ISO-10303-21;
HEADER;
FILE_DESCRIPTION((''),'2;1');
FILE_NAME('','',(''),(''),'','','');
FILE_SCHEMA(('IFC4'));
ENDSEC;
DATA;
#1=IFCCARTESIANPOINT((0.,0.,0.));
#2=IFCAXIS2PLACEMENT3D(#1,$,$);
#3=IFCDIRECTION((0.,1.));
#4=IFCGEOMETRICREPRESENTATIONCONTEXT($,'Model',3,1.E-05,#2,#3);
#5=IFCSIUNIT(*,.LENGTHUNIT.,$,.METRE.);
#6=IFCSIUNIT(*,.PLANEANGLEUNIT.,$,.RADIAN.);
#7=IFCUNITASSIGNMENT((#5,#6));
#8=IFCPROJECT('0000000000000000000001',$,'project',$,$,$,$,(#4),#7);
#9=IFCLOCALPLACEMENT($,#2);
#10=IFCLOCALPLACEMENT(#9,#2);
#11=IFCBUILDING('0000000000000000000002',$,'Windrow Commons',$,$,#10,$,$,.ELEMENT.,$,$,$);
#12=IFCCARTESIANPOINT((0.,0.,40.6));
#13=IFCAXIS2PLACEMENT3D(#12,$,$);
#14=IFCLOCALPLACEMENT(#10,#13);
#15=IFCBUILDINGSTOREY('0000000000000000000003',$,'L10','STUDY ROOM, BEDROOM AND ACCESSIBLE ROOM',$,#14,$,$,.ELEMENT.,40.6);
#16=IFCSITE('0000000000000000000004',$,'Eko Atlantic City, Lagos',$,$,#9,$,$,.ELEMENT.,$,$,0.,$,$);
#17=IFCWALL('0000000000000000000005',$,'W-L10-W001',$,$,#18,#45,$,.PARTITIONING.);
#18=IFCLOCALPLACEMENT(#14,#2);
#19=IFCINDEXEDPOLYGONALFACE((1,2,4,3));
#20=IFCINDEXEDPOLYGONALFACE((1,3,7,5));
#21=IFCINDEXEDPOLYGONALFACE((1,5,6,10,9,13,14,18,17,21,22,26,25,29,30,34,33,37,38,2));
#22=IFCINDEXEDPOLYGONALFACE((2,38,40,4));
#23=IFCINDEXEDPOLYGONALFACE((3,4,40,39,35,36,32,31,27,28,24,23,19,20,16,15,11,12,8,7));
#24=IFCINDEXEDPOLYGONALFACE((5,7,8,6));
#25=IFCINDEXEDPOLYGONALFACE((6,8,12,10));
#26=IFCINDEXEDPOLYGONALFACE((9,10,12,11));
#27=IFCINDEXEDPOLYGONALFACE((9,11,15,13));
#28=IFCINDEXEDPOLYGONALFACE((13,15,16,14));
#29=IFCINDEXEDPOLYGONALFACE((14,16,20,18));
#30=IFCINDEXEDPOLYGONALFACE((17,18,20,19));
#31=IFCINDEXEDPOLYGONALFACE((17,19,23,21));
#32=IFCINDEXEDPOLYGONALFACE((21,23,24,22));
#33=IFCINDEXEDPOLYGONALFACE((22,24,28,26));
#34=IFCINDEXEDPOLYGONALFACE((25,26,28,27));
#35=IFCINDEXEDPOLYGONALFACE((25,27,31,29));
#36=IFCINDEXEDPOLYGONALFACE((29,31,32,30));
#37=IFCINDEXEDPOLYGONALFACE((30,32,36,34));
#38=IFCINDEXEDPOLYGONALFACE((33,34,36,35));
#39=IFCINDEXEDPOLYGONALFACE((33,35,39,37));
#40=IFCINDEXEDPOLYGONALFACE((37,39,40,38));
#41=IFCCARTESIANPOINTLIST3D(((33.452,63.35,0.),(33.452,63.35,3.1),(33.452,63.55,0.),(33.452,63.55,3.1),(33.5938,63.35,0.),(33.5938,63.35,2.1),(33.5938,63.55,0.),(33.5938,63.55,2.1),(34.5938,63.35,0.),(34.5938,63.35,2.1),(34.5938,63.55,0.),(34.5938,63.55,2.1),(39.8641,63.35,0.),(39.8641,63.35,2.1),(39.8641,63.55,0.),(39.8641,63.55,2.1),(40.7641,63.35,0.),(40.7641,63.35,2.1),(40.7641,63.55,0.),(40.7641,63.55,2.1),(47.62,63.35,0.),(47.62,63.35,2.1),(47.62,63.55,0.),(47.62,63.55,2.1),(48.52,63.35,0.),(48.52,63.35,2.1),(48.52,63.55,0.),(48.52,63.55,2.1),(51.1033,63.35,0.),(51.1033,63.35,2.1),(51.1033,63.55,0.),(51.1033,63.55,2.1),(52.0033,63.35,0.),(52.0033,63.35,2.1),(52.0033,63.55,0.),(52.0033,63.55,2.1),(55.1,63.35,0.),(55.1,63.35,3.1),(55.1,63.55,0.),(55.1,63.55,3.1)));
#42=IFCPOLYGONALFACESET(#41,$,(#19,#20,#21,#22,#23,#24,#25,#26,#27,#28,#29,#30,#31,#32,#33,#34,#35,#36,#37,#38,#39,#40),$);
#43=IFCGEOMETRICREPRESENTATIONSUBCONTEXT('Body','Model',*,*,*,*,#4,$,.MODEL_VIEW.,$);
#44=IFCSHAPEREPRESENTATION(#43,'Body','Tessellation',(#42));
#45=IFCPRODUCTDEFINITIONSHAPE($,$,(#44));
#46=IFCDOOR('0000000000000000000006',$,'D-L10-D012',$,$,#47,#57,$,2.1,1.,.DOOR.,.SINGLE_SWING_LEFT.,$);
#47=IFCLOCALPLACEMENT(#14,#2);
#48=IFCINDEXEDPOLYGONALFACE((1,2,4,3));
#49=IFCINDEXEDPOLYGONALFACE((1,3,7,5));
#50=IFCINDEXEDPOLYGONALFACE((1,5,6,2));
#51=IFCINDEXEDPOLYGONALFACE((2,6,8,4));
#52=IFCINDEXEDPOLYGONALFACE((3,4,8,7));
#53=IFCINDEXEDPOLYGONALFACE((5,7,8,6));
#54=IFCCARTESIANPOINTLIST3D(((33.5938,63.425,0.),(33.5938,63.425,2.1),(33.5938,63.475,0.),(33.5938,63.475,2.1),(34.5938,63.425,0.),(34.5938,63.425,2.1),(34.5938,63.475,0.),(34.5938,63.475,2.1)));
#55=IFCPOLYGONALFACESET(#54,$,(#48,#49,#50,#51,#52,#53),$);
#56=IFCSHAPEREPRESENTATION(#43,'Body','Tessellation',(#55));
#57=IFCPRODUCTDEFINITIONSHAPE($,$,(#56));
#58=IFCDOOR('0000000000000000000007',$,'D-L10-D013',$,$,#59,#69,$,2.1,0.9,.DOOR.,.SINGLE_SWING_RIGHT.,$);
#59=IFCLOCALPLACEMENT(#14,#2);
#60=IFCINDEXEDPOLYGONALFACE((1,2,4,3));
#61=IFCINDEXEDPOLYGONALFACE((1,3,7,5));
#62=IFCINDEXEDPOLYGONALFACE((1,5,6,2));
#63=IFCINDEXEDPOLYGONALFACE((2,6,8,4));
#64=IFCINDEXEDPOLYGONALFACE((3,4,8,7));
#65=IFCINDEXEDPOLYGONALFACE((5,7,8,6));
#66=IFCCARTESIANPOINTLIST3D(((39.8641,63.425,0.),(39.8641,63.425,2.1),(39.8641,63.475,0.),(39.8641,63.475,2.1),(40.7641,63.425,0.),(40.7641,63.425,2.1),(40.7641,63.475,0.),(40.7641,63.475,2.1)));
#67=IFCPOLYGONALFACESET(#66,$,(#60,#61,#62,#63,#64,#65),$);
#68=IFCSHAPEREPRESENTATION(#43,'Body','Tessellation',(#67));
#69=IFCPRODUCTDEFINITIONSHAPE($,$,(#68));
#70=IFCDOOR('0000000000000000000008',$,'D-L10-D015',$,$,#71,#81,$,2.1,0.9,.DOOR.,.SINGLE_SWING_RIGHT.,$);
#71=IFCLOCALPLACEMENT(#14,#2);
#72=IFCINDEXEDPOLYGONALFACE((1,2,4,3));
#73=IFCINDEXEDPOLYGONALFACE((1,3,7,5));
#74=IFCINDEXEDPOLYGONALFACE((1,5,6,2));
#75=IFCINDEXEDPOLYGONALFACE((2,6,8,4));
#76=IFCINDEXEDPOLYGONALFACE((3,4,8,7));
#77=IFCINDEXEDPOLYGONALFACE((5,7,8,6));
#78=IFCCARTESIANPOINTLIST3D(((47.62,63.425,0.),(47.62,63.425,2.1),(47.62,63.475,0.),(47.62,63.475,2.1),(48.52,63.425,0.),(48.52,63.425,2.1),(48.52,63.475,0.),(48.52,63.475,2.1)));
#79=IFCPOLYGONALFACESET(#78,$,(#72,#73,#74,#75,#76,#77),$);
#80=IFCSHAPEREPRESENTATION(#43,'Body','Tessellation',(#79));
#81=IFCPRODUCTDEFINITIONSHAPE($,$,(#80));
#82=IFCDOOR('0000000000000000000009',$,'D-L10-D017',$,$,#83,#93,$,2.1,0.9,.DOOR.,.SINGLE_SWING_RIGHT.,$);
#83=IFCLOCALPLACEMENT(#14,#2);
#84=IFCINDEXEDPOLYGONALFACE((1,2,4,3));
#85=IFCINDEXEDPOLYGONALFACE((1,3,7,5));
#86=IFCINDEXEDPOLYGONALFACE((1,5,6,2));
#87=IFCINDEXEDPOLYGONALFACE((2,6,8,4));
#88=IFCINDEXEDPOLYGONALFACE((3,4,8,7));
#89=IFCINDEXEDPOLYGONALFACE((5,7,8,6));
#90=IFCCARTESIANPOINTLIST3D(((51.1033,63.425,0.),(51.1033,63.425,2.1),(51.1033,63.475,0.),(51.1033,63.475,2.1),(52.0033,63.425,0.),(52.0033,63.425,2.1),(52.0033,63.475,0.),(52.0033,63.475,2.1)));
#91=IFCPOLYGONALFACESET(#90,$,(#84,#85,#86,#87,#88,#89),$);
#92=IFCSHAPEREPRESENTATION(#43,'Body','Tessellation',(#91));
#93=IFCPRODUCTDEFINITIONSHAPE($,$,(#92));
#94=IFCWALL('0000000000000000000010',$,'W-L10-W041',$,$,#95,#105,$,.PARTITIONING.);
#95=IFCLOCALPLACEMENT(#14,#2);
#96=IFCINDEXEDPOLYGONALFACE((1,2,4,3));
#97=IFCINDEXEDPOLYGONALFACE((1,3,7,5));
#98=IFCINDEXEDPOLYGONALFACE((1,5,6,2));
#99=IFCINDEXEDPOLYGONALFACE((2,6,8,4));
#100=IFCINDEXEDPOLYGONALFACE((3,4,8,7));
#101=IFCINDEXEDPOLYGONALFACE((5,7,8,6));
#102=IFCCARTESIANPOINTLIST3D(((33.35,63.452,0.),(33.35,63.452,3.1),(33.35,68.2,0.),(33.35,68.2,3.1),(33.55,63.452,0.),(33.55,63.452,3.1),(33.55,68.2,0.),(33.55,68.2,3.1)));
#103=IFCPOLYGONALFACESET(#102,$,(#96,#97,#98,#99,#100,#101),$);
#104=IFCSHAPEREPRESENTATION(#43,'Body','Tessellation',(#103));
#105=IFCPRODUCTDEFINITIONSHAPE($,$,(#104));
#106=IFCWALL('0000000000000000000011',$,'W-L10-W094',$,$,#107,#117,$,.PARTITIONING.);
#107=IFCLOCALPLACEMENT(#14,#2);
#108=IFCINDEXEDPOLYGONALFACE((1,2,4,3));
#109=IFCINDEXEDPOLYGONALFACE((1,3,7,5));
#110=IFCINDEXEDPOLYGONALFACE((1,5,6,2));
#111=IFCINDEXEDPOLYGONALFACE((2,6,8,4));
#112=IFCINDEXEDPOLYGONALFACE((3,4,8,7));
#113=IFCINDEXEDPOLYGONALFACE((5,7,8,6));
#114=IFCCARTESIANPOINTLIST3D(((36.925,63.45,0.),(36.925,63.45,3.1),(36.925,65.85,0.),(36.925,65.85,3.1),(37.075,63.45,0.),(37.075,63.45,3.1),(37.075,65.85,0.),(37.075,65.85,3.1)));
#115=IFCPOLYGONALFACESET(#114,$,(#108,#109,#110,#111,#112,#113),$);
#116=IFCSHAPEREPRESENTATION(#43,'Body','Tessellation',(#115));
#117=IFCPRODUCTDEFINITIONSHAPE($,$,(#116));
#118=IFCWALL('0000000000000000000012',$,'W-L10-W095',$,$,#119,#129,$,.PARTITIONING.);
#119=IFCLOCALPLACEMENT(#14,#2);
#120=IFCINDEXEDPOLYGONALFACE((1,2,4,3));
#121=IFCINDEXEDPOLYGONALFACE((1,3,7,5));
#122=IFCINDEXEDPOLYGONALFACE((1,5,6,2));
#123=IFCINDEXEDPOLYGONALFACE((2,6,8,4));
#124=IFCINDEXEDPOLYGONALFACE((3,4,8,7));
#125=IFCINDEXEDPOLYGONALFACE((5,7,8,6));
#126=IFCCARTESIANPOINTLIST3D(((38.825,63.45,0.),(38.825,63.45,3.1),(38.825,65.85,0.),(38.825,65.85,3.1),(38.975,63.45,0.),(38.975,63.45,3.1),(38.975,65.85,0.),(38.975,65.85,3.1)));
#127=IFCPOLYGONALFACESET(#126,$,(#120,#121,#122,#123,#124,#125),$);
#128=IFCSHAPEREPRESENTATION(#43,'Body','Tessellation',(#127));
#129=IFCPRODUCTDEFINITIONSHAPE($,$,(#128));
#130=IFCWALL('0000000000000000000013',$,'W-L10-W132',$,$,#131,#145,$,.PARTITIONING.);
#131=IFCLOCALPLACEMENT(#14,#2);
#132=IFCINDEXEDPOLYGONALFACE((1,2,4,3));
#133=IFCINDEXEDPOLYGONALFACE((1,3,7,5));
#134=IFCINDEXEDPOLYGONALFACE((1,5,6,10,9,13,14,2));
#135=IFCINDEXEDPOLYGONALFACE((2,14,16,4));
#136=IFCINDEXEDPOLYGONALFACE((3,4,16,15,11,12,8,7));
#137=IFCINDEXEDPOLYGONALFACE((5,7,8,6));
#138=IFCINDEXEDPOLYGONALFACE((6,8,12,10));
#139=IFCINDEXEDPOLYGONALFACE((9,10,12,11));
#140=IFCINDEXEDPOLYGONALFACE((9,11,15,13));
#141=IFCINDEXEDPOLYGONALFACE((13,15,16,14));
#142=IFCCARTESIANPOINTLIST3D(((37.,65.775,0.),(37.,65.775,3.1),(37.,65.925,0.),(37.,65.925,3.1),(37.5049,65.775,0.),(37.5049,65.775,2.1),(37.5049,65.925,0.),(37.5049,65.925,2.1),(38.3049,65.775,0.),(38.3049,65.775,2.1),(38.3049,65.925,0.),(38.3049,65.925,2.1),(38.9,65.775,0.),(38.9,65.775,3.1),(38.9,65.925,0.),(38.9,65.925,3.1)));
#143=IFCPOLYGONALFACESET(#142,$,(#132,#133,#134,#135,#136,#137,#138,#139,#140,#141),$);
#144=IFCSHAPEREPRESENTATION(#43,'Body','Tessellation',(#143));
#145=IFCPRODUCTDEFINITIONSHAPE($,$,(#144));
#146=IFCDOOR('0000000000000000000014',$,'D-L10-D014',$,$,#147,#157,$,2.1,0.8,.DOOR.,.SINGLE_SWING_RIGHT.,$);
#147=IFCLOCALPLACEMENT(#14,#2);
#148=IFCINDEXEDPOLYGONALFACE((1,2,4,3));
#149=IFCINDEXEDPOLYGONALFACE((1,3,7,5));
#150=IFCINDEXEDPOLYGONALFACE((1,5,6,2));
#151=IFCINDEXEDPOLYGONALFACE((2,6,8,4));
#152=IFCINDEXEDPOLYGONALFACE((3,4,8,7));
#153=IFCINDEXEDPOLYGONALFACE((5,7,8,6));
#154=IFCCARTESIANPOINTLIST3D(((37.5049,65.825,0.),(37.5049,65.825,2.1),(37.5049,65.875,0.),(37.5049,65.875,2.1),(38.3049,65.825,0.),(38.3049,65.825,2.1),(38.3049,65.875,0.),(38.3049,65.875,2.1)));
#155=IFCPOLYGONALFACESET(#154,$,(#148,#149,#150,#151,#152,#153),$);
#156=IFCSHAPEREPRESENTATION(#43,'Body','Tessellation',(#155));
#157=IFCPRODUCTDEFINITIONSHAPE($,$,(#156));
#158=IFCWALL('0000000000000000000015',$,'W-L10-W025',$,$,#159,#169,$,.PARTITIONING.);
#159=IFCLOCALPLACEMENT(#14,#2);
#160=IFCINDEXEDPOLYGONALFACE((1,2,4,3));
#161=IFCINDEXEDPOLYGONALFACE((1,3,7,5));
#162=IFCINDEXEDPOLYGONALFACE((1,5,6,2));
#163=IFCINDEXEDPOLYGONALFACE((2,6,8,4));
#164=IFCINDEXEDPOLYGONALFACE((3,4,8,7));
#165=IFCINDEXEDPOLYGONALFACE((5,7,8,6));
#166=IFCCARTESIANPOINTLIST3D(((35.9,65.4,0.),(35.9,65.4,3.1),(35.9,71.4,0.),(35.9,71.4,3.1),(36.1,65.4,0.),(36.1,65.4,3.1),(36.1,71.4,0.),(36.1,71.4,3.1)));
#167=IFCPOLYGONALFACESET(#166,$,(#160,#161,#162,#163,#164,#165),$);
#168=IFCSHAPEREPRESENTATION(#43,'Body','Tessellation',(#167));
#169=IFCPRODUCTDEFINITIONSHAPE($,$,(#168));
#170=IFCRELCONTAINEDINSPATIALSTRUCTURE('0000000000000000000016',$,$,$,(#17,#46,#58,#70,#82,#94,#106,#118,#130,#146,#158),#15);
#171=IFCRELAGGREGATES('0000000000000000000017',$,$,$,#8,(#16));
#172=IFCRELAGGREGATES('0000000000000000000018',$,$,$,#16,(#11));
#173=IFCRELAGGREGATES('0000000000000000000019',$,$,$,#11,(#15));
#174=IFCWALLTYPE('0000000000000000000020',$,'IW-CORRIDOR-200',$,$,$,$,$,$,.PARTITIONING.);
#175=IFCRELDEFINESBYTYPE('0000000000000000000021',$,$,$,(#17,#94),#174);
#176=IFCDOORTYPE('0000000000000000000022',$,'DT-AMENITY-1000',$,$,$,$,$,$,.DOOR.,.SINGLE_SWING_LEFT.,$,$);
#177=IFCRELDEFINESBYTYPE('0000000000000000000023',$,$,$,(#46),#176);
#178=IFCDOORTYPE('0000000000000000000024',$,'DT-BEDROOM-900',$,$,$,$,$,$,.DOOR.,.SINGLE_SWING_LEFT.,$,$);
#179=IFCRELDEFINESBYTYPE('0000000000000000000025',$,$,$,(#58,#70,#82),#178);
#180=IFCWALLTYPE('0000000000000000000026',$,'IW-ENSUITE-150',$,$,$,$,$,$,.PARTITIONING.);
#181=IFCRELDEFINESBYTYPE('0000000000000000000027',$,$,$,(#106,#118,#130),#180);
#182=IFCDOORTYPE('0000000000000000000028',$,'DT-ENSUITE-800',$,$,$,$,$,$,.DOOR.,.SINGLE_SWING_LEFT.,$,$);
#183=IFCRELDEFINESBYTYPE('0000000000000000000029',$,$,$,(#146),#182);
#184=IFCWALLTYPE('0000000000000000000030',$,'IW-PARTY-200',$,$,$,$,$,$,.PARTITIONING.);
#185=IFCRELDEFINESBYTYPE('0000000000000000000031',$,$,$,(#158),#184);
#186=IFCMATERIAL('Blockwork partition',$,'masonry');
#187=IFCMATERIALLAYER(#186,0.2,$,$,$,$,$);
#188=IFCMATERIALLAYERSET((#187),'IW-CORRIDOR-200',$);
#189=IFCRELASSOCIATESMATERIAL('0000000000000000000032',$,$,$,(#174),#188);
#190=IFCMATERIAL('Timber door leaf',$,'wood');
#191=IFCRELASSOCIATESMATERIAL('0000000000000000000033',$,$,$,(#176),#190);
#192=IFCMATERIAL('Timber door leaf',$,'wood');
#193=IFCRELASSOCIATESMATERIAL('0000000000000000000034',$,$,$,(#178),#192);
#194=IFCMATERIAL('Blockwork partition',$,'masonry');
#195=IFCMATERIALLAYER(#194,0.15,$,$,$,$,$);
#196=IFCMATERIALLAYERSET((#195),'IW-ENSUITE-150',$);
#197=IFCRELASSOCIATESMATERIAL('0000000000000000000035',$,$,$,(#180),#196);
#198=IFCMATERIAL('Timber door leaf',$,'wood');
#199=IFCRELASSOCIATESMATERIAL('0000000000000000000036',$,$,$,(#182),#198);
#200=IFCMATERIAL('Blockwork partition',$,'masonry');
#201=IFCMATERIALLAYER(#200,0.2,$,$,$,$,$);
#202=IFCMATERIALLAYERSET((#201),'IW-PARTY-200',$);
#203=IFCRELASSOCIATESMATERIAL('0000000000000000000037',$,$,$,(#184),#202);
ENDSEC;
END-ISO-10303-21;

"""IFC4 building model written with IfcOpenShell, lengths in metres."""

from ifc_helpers import new_model, si_unit, direction, frame, frame_2d, origin, place, context, subcontext, project, spatial, rectangle, extrude, material, layer, layer_set, type_object, element, fill, save


model = new_model("IFC4")

# Units and contexts
model_context = context("Model", 3, precision=1e-05, world=origin(), true_north=direction((0.0, 1.0)))
body_context = subcontext(model_context, "Body", "Model", "MODEL_VIEW")
ifc_project = project(units=[si_unit("LENGTHUNIT", "METRE"), si_unit("PLANEANGLEUNIT", "RADIAN")], contexts=[model_context])

# Site, building, storey
site_placement = place(None, origin())
site = spatial("IfcSite", under=ifc_project, at=site_placement, Name="Eko Atlantic City, Lagos", CompositionType="ELEMENT", RefElevation=0.0)
building_placement = place(site_placement, origin())
building = spatial("IfcBuilding", under=site, at=building_placement, Name="Windrow Commons", CompositionType="ELEMENT")
storey_placement = place(building_placement, frame((0.0, 0.0, 40.6)))
storey = spatial("IfcBuildingStorey", under=building, at=storey_placement, Name="L10", Description="STUDY ROOM, BEDROOM AND ACCESSIBLE ROOM", CompositionType="ELEMENT", Elevation=40.6)

# Wall, openings, doors
ifc_material_1 = material(Name="Blockwork partition", Category="masonry")
ifc_layer_1 = layer(ifc_material_1, 0.2)
ifc_layer_set_1 = layer_set([ifc_layer_1], Name="IW-CORRIDOR-200")
wall_type_1 = type_object("IfcWallType", Name="IW-CORRIDOR-200", PredefinedType="PARTITIONING", material=ifc_layer_set_1)
wall_1_placement = place(storey_placement, frame((33.452, 63.45, 0.0), z_axis=(0.0, 0.0, 1.0), x_axis=(1.0, 0.0, 0.0)))
wall_1 = element("IfcWall", 1, at=wall_1_placement, inside=storey, type_object=wall_type_1, Name="W-L10-W001", PredefinedType="PARTITIONING", context=body_context, shape_type="SweptSolid", body=[
    extrude(rectangle(XDim=21.648, YDim=0.2, at=frame_2d((10.824, 0.0))), origin(), (0.0, 0.0, 1.0), 3.1),
])
opening_1_placement = place(wall_1_placement, frame((0.1418, 0.0, 0.0)))
opening_1 = element("IfcOpeningElement", 2, at=opening_1_placement, cuts=wall_1, PredefinedType="OPENING", context=body_context, shape_type="SweptSolid", body=[
    extrude(rectangle(XDim=1.0, YDim=2.1, at=frame_2d((0.5, 1.05))), frame((0.0, 0.11, 0.0), z_axis=(0.0, -1.0, 0.0), x_axis=(1.0, 0.0, 0.0)), (0.0, 0.0, 1.0), 0.22),
])
opening_2_placement = place(wall_1_placement, frame((6.4121, 0.0, 0.0)))
opening_2 = element("IfcOpeningElement", 3, at=opening_2_placement, cuts=wall_1, PredefinedType="OPENING", context=body_context, shape_type="SweptSolid", body=[
    extrude(rectangle(XDim=0.9, YDim=2.1, at=frame_2d((0.45, 1.05))), frame((0.0, 0.11, 0.0), z_axis=(0.0, -1.0, 0.0), x_axis=(1.0, 0.0, 0.0)), (0.0, 0.0, 1.0), 0.22),
])
opening_3_placement = place(wall_1_placement, frame((14.168, 0.0, 0.0)))
opening_3 = element("IfcOpeningElement", 4, at=opening_3_placement, cuts=wall_1, PredefinedType="OPENING", context=body_context, shape_type="SweptSolid", body=[
    extrude(rectangle(XDim=0.9, YDim=2.1, at=frame_2d((0.45, 1.05))), frame((0.0, 0.11, 0.0), z_axis=(0.0, -1.0, 0.0), x_axis=(1.0, 0.0, 0.0)), (0.0, 0.0, 1.0), 0.22),
])
opening_4_placement = place(wall_1_placement, frame((17.6513, 0.0, 0.0)))
opening_4 = element("IfcOpeningElement", 5, at=opening_4_placement, cuts=wall_1, PredefinedType="OPENING", context=body_context, shape_type="SweptSolid", body=[
    extrude(rectangle(XDim=0.9, YDim=2.1, at=frame_2d((0.45, 1.05))), frame((0.0, 0.11, 0.0), z_axis=(0.0, -1.0, 0.0), x_axis=(1.0, 0.0, 0.0)), (0.0, 0.0, 1.0), 0.22),
])
ifc_material_2 = material(Name="Timber door leaf", Category="wood")
door_type_1 = type_object("IfcDoorType", Name="DT-AMENITY-1000", OperationType="SINGLE_SWING_LEFT", PredefinedType="DOOR", material=ifc_material_2)
door_1_placement = place(opening_1_placement, origin())
door_1 = element("IfcDoor", 6, at=door_1_placement, inside=storey, type_object=door_type_1, Name="D-L10-D012", OperationType="SINGLE_SWING_LEFT", OverallHeight=2.1, OverallWidth=1.0, PredefinedType="DOOR", context=body_context, shape_type="SweptSolid", body=[
    extrude(rectangle(XDim=1.0, YDim=2.1, at=frame_2d((0.5, 1.05))), frame((0.0, 0.025, 0.0), z_axis=(0.0, -1.0, 0.0), x_axis=(1.0, 0.0, 0.0)), (0.0, 0.0, 1.0), 0.05),
])
fill(opening_1, door_1)
ifc_material_3 = material(Name="Timber door leaf", Category="wood")
door_type_2 = type_object("IfcDoorType", Name="DT-BEDROOM-900", OperationType="SINGLE_SWING_LEFT", PredefinedType="DOOR", material=ifc_material_3)
door_2_placement = place(opening_2_placement, origin())
door_2 = element("IfcDoor", 7, at=door_2_placement, inside=storey, type_object=door_type_2, Name="D-L10-D013", OperationType="SINGLE_SWING_RIGHT", OverallHeight=2.1, OverallWidth=0.9, PredefinedType="DOOR", context=body_context, shape_type="SweptSolid", body=[
    extrude(rectangle(XDim=0.9, YDim=2.1, at=frame_2d((0.45, 1.05))), frame((0.0, 0.025, 0.0), z_axis=(0.0, -1.0, 0.0), x_axis=(1.0, 0.0, 0.0)), (0.0, 0.0, 1.0), 0.05),
])
fill(opening_2, door_2)
door_3_placement = place(opening_3_placement, origin())
door_3 = element("IfcDoor", 8, at=door_3_placement, inside=storey, type_object=door_type_2, Name="D-L10-D015", OperationType="SINGLE_SWING_RIGHT", OverallHeight=2.1, OverallWidth=0.9, PredefinedType="DOOR", context=body_context, shape_type="SweptSolid", body=[
    extrude(rectangle(XDim=0.9, YDim=2.1, at=frame_2d((0.45, 1.05))), frame((0.0, 0.025, 0.0), z_axis=(0.0, -1.0, 0.0), x_axis=(1.0, 0.0, 0.0)), (0.0, 0.0, 1.0), 0.05),
])
fill(opening_3, door_3)
door_4_placement = place(opening_4_placement, origin())
door_4 = element("IfcDoor", 9, at=door_4_placement, inside=storey, type_object=door_type_2, Name="D-L10-D017", OperationType="SINGLE_SWING_RIGHT", OverallHeight=2.1, OverallWidth=0.9, PredefinedType="DOOR", context=body_context, shape_type="SweptSolid", body=[
    extrude(rectangle(XDim=0.9, YDim=2.1, at=frame_2d((0.45, 1.05))), frame((0.0, 0.025, 0.0), z_axis=(0.0, -1.0, 0.0), x_axis=(1.0, 0.0, 0.0)), (0.0, 0.0, 1.0), 0.05),
])
fill(opening_4, door_4)

# Walls
wall_2_placement = place(storey_placement, frame((33.45, 63.452, 0.0), z_axis=(0.0, 0.0, 1.0), x_axis=(0.0, 1.0, 0.0)))
element("IfcWall", 10, at=wall_2_placement, inside=storey, type_object=wall_type_1, Name="W-L10-W041", PredefinedType="PARTITIONING", context=body_context, shape_type="SweptSolid", body=[
    extrude(rectangle(XDim=4.748, YDim=0.2, at=frame_2d((2.374, 0.0))), origin(), (0.0, 0.0, 1.0), 3.1),
])
ifc_material_4 = material(Name="Blockwork partition", Category="masonry")
ifc_layer_2 = layer(ifc_material_4, 0.15)
ifc_layer_set_2 = layer_set([ifc_layer_2], Name="IW-ENSUITE-150")
wall_type_2 = type_object("IfcWallType", Name="IW-ENSUITE-150", PredefinedType="PARTITIONING", material=ifc_layer_set_2)
for number, where, z_axis, x_axis, name in (
    (11, (37.0, 63.45, 0.0), (0.0, 0.0, 1.0), (0.0, 1.0, 0.0), "W-L10-W094"),
    (12, (38.9, 63.45, 0.0), (0.0, 0.0, 1.0), (0.0, 1.0, 0.0), "W-L10-W095"),
):
    element("IfcWall", number, at=place(storey_placement, frame(where, z_axis=z_axis, x_axis=x_axis)), inside=storey, type_object=wall_type_2, Name=name, PredefinedType="PARTITIONING", context=body_context, shape_type="SweptSolid", body=[
        extrude(rectangle(XDim=2.4, YDim=0.15, at=frame_2d((1.2, 0.0))), origin(), (0.0, 0.0, 1.0), 3.1),
    ])

# Wall, opening, door
wall_3_placement = place(storey_placement, frame((37.0, 65.85, 0.0), z_axis=(0.0, 0.0, 1.0), x_axis=(1.0, 0.0, 0.0)))
wall_3 = element("IfcWall", 13, at=wall_3_placement, inside=storey, type_object=wall_type_2, Name="W-L10-W132", PredefinedType="PARTITIONING", context=body_context, shape_type="SweptSolid", body=[
    extrude(rectangle(XDim=1.9, YDim=0.15, at=frame_2d((0.95, 0.0))), origin(), (0.0, 0.0, 1.0), 3.1),
])
opening_5_placement = place(wall_3_placement, frame((0.5049, 0.0, 0.0)))
opening_5 = element("IfcOpeningElement", 14, at=opening_5_placement, cuts=wall_3, PredefinedType="OPENING", context=body_context, shape_type="SweptSolid", body=[
    extrude(rectangle(XDim=0.8, YDim=2.1, at=frame_2d((0.4, 1.05))), frame((0.0, 0.085, 0.0), z_axis=(0.0, -1.0, 0.0), x_axis=(1.0, 0.0, 0.0)), (0.0, 0.0, 1.0), 0.17),
])
ifc_material_5 = material(Name="Timber door leaf", Category="wood")
door_type_3 = type_object("IfcDoorType", Name="DT-ENSUITE-800", OperationType="SINGLE_SWING_LEFT", PredefinedType="DOOR", material=ifc_material_5)
door_5_placement = place(opening_5_placement, origin())
door_5 = element("IfcDoor", 15, at=door_5_placement, inside=storey, type_object=door_type_3, Name="D-L10-D014", OperationType="SINGLE_SWING_RIGHT", OverallHeight=2.1, OverallWidth=0.8, PredefinedType="DOOR", context=body_context, shape_type="SweptSolid", body=[
    extrude(rectangle(XDim=0.8, YDim=2.1, at=frame_2d((0.4, 1.05))), frame((0.0, 0.025, 0.0), z_axis=(0.0, -1.0, 0.0), x_axis=(1.0, 0.0, 0.0)), (0.0, 0.0, 1.0), 0.05),
])
fill(opening_5, door_5)

# Wall
ifc_material_6 = material(Name="Blockwork partition", Category="masonry")
ifc_layer_3 = layer(ifc_material_6, 0.2)
ifc_layer_set_3 = layer_set([ifc_layer_3], Name="IW-PARTY-200")
wall_type_3 = type_object("IfcWallType", Name="IW-PARTY-200", PredefinedType="PARTITIONING", material=ifc_layer_set_3)
wall_4_placement = place(storey_placement, frame((36.0, 65.4, 0.0), z_axis=(0.0, 0.0, 1.0), x_axis=(0.0, 1.0, 0.0)))
element("IfcWall", 16, at=wall_4_placement, inside=storey, type_object=wall_type_3, Name="W-L10-W025", PredefinedType="PARTITIONING", context=body_context, shape_type="SweptSolid", body=[
    extrude(rectangle(XDim=6.0, YDim=0.2, at=frame_2d((3.0, 0.0))), origin(), (0.0, 0.0, 1.0), 3.1),
])

save(model, "model.ifc")
